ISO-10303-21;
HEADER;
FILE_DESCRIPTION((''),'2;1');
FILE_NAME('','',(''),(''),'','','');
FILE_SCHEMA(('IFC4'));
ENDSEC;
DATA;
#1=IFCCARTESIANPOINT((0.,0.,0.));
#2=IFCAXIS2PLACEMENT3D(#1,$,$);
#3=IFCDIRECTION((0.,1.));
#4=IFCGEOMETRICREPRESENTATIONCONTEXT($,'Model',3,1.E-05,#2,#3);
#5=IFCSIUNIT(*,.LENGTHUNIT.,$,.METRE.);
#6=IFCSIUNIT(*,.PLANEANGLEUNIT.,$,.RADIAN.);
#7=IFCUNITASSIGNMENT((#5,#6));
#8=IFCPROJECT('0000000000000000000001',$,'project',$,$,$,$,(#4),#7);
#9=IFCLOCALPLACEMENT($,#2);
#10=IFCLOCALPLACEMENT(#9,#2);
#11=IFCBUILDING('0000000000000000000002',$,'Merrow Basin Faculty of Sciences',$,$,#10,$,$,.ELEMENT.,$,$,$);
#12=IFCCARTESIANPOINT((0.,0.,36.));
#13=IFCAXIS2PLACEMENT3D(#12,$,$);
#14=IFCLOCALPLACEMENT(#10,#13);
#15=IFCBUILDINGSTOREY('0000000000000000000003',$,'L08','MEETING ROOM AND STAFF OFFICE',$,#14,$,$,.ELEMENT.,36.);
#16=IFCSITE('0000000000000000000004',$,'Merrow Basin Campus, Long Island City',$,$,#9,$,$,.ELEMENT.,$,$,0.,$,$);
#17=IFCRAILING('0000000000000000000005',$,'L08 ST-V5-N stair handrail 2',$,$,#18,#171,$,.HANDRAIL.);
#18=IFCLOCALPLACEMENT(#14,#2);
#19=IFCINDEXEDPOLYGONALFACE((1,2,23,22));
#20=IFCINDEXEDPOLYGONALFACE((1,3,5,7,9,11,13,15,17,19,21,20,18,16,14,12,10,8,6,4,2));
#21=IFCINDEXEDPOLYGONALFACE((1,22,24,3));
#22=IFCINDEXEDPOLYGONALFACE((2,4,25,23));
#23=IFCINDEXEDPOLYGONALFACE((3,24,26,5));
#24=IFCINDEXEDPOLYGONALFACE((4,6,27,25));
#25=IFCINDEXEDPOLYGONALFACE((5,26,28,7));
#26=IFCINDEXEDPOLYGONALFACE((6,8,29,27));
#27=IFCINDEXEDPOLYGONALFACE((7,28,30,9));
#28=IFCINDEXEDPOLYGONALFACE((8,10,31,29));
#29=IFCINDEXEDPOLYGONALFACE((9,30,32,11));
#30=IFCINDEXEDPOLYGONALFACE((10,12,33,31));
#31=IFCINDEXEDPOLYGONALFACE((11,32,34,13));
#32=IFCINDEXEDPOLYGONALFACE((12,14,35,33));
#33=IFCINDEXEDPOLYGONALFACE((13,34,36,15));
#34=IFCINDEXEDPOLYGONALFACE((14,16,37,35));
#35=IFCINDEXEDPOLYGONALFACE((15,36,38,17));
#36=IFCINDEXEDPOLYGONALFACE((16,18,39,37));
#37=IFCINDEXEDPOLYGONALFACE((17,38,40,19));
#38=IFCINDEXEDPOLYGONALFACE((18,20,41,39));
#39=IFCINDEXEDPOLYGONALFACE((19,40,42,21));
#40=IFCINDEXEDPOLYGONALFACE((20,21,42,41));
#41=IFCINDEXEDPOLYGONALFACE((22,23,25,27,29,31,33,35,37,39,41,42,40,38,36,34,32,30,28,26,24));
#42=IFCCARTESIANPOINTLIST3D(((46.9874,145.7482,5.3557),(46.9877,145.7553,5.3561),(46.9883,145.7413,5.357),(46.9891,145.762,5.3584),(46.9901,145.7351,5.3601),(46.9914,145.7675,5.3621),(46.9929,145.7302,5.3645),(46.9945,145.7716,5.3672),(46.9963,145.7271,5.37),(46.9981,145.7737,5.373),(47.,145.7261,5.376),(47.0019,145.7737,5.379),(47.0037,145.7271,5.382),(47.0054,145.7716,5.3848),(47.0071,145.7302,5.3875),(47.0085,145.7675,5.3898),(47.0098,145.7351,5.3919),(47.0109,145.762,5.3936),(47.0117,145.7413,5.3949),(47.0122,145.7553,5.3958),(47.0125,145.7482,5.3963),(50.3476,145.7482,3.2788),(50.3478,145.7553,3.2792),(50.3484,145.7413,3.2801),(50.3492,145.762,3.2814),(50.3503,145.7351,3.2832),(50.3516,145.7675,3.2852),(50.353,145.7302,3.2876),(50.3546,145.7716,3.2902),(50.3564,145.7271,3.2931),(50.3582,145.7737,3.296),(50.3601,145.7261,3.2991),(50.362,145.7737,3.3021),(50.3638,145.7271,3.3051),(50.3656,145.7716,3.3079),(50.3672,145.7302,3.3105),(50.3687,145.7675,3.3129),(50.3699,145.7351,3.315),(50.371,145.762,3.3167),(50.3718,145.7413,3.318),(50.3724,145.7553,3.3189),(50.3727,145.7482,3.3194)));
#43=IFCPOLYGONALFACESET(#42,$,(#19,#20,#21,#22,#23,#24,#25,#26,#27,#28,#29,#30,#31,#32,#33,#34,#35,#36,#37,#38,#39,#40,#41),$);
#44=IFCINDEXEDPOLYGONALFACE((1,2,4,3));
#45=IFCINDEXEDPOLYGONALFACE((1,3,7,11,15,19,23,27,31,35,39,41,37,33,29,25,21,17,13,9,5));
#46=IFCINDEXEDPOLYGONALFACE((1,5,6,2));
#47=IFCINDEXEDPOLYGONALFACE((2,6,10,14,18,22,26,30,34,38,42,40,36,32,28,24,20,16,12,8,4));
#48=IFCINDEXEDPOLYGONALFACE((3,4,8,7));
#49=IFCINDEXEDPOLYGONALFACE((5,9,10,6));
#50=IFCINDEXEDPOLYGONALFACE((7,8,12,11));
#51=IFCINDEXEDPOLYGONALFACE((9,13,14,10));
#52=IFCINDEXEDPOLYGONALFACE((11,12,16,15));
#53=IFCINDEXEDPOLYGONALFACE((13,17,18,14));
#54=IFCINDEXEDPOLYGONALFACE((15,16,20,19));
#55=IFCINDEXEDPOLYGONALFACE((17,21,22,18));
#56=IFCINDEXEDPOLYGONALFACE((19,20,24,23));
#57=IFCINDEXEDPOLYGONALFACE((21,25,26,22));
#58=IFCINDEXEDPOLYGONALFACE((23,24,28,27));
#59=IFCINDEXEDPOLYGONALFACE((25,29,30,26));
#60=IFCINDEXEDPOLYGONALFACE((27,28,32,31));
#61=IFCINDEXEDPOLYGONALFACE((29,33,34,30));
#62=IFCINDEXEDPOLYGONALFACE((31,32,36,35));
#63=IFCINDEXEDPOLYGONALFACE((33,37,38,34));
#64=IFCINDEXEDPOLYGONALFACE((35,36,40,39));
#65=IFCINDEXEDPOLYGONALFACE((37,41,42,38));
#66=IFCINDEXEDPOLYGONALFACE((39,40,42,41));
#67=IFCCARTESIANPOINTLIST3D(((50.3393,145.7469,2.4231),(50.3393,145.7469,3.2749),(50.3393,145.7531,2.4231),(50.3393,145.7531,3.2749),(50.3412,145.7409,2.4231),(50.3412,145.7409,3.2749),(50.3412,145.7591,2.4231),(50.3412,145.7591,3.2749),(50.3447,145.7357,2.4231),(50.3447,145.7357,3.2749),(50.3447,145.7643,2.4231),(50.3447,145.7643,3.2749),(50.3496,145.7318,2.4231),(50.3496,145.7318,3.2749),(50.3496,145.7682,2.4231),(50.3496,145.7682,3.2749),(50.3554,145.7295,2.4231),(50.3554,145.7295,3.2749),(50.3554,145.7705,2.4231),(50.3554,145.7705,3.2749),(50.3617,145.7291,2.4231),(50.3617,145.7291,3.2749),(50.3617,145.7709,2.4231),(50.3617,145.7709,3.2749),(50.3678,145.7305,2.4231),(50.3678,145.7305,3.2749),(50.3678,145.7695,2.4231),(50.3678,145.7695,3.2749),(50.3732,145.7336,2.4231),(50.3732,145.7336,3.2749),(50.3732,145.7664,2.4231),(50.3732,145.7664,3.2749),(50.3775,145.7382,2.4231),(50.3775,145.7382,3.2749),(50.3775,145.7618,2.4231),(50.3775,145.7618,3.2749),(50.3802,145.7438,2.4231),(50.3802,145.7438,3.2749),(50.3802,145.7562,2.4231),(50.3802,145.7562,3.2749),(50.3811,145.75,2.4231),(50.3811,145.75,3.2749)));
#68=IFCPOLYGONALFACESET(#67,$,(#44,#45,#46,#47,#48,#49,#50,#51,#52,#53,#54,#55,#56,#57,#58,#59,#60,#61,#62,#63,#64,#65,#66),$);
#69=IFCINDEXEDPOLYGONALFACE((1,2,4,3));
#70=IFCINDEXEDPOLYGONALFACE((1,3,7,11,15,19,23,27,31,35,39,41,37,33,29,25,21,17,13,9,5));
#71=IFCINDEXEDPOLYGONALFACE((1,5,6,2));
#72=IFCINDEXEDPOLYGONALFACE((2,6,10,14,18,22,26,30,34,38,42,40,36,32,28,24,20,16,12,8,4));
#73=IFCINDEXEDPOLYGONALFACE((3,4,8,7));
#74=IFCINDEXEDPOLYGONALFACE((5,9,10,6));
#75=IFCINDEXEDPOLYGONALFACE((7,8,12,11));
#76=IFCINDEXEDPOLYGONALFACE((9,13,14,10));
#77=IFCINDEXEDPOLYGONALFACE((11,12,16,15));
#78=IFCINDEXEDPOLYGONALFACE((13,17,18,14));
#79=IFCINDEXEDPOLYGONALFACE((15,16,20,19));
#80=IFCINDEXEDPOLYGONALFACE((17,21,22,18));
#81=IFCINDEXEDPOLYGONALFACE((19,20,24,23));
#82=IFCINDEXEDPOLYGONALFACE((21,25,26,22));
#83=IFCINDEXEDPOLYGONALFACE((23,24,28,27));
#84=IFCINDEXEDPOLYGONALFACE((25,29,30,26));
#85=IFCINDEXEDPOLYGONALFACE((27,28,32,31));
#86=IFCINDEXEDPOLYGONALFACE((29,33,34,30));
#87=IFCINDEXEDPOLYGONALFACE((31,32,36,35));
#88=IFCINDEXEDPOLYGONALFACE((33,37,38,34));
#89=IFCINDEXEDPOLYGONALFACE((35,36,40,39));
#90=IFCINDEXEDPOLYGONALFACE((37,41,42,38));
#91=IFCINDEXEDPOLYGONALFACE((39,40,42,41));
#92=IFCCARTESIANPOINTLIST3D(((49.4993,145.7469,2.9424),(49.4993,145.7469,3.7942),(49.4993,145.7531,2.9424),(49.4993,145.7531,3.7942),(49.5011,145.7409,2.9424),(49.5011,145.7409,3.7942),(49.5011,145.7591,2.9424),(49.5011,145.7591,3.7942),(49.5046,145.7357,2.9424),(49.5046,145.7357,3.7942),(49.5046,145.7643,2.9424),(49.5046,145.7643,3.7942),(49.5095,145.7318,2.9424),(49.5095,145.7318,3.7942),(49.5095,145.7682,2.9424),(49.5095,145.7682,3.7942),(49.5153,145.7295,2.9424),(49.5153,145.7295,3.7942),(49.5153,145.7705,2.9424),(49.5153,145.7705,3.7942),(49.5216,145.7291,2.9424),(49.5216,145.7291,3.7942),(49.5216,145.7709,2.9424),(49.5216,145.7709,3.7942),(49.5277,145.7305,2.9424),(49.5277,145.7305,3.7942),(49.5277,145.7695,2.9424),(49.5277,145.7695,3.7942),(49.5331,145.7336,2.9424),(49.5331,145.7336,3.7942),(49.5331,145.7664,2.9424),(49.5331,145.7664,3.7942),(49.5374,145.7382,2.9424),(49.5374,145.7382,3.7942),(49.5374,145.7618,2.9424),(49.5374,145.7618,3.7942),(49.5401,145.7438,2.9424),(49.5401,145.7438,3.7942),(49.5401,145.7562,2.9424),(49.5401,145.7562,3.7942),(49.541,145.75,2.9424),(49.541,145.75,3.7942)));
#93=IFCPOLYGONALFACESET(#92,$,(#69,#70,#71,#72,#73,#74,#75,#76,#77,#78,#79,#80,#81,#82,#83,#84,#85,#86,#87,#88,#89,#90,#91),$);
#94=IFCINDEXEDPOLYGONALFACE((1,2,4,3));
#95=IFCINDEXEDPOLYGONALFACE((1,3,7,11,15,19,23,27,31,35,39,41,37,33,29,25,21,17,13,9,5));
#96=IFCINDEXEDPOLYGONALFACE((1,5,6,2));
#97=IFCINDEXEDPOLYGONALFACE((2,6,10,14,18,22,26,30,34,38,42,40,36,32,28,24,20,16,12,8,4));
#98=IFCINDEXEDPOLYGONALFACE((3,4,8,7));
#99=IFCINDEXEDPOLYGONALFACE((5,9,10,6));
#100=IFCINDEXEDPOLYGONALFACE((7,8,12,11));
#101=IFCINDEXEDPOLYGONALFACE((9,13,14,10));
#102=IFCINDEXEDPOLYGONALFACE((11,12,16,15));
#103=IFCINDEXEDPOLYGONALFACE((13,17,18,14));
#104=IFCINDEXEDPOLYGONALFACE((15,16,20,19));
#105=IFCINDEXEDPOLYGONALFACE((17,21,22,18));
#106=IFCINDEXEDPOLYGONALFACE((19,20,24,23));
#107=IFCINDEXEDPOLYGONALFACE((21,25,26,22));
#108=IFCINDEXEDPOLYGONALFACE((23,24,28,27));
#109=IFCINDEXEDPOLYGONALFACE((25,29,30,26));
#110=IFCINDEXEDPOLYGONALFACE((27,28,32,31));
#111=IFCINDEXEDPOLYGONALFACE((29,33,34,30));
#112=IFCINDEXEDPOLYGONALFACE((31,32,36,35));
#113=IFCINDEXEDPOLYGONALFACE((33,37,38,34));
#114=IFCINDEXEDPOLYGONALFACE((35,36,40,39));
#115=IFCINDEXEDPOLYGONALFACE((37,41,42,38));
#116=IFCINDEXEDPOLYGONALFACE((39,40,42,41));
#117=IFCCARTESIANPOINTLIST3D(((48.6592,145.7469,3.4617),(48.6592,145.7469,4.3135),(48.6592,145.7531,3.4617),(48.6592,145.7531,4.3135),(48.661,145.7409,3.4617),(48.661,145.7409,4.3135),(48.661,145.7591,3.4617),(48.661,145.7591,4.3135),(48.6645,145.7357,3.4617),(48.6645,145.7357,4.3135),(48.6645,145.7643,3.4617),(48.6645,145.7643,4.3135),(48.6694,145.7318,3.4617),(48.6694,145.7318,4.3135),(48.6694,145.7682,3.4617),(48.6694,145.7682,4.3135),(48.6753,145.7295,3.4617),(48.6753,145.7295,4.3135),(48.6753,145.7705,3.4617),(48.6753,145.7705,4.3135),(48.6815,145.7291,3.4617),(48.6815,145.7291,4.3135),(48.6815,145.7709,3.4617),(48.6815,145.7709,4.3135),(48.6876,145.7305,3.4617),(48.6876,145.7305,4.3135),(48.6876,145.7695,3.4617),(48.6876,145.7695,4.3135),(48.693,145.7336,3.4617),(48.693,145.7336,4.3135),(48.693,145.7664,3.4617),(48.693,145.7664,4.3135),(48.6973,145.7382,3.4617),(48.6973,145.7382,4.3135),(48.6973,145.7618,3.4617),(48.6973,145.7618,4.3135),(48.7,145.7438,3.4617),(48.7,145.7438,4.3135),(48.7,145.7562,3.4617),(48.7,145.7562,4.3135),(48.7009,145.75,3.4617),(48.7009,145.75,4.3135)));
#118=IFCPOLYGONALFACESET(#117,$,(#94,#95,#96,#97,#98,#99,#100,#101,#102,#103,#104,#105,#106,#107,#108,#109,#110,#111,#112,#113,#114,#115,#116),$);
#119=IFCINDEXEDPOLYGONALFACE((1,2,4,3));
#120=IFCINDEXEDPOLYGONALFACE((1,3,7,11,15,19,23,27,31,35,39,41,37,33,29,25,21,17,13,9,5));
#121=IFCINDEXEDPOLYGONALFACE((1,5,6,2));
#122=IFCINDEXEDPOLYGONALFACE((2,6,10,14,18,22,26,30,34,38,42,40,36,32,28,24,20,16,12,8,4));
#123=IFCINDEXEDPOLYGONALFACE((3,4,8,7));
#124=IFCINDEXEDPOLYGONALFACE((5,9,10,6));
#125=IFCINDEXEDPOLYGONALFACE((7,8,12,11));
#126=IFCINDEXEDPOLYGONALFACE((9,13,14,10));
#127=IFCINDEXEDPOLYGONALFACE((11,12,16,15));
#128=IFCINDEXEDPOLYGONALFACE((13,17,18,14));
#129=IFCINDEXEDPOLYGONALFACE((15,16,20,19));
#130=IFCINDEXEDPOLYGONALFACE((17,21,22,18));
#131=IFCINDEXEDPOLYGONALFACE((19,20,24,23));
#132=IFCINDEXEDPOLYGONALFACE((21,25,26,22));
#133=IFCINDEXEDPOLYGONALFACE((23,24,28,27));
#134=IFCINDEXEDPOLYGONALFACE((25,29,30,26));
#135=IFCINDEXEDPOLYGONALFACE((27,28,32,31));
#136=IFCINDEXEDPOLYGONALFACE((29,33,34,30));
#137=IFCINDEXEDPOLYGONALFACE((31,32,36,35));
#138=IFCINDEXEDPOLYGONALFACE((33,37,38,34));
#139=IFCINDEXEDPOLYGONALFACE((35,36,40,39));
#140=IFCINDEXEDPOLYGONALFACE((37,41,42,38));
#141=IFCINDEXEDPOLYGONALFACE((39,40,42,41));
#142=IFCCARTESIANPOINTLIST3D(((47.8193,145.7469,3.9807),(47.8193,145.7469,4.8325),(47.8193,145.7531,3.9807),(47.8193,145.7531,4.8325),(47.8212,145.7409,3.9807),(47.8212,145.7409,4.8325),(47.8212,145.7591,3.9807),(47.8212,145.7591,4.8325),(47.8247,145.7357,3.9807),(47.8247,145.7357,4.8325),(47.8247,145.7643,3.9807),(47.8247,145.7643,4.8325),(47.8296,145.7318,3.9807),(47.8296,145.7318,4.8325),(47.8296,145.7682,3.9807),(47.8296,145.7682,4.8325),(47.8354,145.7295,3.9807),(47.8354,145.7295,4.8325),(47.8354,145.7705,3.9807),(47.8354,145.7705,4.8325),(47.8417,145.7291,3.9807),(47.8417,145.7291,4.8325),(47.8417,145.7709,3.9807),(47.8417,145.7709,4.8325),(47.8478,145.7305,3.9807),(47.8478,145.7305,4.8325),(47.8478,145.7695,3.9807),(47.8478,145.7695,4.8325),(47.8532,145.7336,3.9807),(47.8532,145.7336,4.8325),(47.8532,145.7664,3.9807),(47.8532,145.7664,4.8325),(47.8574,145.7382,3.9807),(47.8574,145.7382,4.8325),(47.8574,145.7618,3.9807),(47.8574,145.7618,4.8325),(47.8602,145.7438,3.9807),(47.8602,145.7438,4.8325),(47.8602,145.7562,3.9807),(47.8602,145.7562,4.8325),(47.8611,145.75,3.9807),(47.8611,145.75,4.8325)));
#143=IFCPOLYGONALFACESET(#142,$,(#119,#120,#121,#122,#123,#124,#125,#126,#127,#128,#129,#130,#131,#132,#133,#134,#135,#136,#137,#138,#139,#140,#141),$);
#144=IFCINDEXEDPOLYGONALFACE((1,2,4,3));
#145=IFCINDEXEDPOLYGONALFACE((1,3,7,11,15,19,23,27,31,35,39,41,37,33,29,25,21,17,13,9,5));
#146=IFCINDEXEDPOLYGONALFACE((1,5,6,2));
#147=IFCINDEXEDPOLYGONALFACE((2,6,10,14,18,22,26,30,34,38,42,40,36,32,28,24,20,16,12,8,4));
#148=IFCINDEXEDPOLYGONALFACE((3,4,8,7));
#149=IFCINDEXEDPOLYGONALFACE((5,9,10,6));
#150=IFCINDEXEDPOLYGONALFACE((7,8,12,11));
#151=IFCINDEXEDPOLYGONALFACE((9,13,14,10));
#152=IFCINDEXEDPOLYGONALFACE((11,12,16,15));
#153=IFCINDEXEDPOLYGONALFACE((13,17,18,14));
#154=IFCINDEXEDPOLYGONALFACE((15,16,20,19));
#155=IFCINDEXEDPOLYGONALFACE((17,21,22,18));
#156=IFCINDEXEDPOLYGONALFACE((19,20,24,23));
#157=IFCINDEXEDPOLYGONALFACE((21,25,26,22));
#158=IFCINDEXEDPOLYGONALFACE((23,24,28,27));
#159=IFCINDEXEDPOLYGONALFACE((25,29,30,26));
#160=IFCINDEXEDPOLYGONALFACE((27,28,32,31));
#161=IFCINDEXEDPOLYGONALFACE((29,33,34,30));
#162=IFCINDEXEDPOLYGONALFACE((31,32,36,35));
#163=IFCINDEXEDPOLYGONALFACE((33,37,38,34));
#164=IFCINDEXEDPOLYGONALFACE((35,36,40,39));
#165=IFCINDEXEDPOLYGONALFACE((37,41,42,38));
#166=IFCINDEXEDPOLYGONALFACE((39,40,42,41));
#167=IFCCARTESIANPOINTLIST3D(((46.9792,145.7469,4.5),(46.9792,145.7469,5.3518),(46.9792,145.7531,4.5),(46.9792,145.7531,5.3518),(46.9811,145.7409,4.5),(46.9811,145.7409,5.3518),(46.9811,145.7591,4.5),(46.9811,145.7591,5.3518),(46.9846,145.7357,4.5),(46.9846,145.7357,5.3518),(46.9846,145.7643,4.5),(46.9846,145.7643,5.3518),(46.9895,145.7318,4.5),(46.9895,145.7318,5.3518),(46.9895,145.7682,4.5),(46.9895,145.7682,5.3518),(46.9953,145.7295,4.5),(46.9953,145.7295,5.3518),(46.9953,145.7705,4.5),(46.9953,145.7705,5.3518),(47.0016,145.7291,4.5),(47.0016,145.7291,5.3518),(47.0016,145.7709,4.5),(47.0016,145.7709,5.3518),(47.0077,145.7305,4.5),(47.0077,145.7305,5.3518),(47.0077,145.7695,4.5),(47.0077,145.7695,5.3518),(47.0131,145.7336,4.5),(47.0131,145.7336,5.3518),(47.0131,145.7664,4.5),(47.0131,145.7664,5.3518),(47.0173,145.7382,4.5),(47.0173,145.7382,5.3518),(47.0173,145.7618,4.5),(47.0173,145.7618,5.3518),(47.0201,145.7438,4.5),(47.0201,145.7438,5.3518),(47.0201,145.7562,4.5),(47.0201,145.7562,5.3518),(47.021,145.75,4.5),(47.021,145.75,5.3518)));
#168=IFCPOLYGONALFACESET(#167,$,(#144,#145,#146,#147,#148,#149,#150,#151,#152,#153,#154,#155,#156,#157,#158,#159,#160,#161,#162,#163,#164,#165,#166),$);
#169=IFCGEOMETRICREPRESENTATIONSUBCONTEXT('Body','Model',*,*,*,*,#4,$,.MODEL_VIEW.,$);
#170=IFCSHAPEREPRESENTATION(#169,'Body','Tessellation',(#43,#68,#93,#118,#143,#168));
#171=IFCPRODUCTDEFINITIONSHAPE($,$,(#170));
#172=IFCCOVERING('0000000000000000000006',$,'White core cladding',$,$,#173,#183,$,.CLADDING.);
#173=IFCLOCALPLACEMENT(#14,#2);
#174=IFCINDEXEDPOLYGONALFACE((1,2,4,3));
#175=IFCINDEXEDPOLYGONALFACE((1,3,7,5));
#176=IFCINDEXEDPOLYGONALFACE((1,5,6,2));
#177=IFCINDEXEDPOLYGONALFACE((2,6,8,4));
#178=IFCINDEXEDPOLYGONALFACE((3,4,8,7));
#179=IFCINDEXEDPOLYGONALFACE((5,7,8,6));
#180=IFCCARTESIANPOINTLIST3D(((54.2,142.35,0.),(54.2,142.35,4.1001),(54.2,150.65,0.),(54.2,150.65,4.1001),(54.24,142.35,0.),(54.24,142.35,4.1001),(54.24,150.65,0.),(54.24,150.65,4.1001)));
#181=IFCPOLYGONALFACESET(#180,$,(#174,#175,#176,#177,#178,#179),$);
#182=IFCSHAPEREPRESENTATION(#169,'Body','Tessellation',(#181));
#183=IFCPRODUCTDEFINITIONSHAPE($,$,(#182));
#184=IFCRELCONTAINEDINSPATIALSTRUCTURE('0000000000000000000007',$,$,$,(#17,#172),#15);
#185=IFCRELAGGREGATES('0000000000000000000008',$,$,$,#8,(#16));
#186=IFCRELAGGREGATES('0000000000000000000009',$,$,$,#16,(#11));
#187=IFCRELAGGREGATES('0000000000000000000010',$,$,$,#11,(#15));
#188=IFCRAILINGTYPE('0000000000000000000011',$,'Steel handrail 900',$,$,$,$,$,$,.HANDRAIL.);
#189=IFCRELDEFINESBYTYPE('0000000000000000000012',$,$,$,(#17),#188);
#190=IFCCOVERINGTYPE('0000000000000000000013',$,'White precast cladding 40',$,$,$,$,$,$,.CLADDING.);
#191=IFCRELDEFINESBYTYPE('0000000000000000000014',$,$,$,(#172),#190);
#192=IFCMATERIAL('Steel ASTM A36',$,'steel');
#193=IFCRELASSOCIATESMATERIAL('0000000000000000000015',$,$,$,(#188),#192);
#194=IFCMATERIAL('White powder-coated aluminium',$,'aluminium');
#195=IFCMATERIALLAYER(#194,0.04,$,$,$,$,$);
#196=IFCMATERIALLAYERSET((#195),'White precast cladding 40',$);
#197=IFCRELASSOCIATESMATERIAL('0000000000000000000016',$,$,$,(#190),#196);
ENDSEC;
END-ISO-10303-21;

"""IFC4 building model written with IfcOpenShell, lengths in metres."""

from ifc_helpers import new_model, si_unit, direction, frame, origin, origin_2d, place, context, subcontext, project, spatial, rectangle, circle, extrude, material, layer, layer_set, type_object, element, save


model = new_model("IFC4")

# Units and contexts
model_context = context("Model", 3, precision=1e-05, world=origin(), true_north=direction((0.0, 1.0)))
body_context = subcontext(model_context, "Body", "Model", "MODEL_VIEW")
ifc_project = project(units=[si_unit("LENGTHUNIT", "METRE"), si_unit("PLANEANGLEUNIT", "RADIAN")], contexts=[model_context])

# Site, building, storey
site_placement = place(None, origin())
site = spatial("IfcSite", under=ifc_project, at=site_placement, Name="Merrow Basin Campus, Long Island City", CompositionType="ELEMENT", RefElevation=0.0)
building_placement = place(site_placement, origin())
building = spatial("IfcBuilding", under=site, at=building_placement, Name="Merrow Basin Faculty of Sciences", CompositionType="ELEMENT")
storey_placement = place(building_placement, frame((0.0, 0.0, 36.0)))
storey = spatial("IfcBuildingStorey", under=building, at=storey_placement, Name="L08", Description="MEETING ROOM AND STAFF OFFICE", CompositionType="ELEMENT", Elevation=36.0)

# Railing
ifc_material_1 = material(Name="Steel ASTM A36", Category="steel")
railing_type_1 = type_object("IfcRailingType", Name="Steel handrail 900", PredefinedType="HANDRAIL", material=ifc_material_1)
railing_1_placement = place(storey_placement, frame((50.3601, 145.75, 2.4231)))
element("IfcRailing", 1, at=railing_1_placement, inside=storey, type_object=railing_type_1, Name="L08 ST-V5-N stair handrail 2", PredefinedType="HANDRAIL", context=body_context, shape_type="SweptSolid", body=[
    extrude(circle(Radius=0.0239, at=origin_2d()), frame((0.0, 0.0, 0.876), z_axis=(-0.850623, 0.0, 0.525776), x_axis=(0.0, -1.0, 0.0)), (0.0, 0.0, 1.0), 3.9502),
    extrude(circle(Radius=0.021, at=origin_2d()), origin(), (0.0, 0.0, 1.0), 0.8518),
    extrude(circle(Radius=0.021, at=origin_2d()), frame((-0.8401, 0.0, 0.5193)), (0.0, 0.0, 1.0), 0.8518),
    extrude(circle(Radius=0.021, at=origin_2d()), frame((-1.6802, 0.0, 1.0386)), (0.0, 0.0, 1.0), 0.8518),
    extrude(circle(Radius=0.021, at=origin_2d()), frame((-2.52, 0.0, 1.5576)), (0.0, 0.0, 1.0), 0.8518),
    extrude(circle(Radius=0.021, at=origin_2d()), frame((-3.3601, 0.0, 2.0769)), (0.0, 0.0, 1.0), 0.8518),
])

# Covering
ifc_material_2 = material(Name="White powder-coated aluminium", Category="aluminium")
ifc_layer_1 = layer(ifc_material_2, 0.04)
ifc_layer_set_1 = layer_set([ifc_layer_1], Name="White precast cladding 40")
covering_type = type_object("IfcCoveringType", Name="White precast cladding 40", PredefinedType="CLADDING", material=ifc_layer_set_1)
covering_placement = place(storey_placement, frame((54.22, 146.5, 0.0), z_axis=(0.0, 0.0, 1.0), x_axis=(1.0, 0.0, 0.0)))
element("IfcCovering", 2, at=covering_placement, inside=storey, type_object=covering_type, Name="White core cladding", PredefinedType="CLADDING", context=body_context, shape_type="SweptSolid", body=[
    extrude(rectangle(XDim=0.04, YDim=8.3, at=origin_2d()), origin(), (0.0, 0.0, 1.0), 4.1001),
])

save(model, "model.ifc")
